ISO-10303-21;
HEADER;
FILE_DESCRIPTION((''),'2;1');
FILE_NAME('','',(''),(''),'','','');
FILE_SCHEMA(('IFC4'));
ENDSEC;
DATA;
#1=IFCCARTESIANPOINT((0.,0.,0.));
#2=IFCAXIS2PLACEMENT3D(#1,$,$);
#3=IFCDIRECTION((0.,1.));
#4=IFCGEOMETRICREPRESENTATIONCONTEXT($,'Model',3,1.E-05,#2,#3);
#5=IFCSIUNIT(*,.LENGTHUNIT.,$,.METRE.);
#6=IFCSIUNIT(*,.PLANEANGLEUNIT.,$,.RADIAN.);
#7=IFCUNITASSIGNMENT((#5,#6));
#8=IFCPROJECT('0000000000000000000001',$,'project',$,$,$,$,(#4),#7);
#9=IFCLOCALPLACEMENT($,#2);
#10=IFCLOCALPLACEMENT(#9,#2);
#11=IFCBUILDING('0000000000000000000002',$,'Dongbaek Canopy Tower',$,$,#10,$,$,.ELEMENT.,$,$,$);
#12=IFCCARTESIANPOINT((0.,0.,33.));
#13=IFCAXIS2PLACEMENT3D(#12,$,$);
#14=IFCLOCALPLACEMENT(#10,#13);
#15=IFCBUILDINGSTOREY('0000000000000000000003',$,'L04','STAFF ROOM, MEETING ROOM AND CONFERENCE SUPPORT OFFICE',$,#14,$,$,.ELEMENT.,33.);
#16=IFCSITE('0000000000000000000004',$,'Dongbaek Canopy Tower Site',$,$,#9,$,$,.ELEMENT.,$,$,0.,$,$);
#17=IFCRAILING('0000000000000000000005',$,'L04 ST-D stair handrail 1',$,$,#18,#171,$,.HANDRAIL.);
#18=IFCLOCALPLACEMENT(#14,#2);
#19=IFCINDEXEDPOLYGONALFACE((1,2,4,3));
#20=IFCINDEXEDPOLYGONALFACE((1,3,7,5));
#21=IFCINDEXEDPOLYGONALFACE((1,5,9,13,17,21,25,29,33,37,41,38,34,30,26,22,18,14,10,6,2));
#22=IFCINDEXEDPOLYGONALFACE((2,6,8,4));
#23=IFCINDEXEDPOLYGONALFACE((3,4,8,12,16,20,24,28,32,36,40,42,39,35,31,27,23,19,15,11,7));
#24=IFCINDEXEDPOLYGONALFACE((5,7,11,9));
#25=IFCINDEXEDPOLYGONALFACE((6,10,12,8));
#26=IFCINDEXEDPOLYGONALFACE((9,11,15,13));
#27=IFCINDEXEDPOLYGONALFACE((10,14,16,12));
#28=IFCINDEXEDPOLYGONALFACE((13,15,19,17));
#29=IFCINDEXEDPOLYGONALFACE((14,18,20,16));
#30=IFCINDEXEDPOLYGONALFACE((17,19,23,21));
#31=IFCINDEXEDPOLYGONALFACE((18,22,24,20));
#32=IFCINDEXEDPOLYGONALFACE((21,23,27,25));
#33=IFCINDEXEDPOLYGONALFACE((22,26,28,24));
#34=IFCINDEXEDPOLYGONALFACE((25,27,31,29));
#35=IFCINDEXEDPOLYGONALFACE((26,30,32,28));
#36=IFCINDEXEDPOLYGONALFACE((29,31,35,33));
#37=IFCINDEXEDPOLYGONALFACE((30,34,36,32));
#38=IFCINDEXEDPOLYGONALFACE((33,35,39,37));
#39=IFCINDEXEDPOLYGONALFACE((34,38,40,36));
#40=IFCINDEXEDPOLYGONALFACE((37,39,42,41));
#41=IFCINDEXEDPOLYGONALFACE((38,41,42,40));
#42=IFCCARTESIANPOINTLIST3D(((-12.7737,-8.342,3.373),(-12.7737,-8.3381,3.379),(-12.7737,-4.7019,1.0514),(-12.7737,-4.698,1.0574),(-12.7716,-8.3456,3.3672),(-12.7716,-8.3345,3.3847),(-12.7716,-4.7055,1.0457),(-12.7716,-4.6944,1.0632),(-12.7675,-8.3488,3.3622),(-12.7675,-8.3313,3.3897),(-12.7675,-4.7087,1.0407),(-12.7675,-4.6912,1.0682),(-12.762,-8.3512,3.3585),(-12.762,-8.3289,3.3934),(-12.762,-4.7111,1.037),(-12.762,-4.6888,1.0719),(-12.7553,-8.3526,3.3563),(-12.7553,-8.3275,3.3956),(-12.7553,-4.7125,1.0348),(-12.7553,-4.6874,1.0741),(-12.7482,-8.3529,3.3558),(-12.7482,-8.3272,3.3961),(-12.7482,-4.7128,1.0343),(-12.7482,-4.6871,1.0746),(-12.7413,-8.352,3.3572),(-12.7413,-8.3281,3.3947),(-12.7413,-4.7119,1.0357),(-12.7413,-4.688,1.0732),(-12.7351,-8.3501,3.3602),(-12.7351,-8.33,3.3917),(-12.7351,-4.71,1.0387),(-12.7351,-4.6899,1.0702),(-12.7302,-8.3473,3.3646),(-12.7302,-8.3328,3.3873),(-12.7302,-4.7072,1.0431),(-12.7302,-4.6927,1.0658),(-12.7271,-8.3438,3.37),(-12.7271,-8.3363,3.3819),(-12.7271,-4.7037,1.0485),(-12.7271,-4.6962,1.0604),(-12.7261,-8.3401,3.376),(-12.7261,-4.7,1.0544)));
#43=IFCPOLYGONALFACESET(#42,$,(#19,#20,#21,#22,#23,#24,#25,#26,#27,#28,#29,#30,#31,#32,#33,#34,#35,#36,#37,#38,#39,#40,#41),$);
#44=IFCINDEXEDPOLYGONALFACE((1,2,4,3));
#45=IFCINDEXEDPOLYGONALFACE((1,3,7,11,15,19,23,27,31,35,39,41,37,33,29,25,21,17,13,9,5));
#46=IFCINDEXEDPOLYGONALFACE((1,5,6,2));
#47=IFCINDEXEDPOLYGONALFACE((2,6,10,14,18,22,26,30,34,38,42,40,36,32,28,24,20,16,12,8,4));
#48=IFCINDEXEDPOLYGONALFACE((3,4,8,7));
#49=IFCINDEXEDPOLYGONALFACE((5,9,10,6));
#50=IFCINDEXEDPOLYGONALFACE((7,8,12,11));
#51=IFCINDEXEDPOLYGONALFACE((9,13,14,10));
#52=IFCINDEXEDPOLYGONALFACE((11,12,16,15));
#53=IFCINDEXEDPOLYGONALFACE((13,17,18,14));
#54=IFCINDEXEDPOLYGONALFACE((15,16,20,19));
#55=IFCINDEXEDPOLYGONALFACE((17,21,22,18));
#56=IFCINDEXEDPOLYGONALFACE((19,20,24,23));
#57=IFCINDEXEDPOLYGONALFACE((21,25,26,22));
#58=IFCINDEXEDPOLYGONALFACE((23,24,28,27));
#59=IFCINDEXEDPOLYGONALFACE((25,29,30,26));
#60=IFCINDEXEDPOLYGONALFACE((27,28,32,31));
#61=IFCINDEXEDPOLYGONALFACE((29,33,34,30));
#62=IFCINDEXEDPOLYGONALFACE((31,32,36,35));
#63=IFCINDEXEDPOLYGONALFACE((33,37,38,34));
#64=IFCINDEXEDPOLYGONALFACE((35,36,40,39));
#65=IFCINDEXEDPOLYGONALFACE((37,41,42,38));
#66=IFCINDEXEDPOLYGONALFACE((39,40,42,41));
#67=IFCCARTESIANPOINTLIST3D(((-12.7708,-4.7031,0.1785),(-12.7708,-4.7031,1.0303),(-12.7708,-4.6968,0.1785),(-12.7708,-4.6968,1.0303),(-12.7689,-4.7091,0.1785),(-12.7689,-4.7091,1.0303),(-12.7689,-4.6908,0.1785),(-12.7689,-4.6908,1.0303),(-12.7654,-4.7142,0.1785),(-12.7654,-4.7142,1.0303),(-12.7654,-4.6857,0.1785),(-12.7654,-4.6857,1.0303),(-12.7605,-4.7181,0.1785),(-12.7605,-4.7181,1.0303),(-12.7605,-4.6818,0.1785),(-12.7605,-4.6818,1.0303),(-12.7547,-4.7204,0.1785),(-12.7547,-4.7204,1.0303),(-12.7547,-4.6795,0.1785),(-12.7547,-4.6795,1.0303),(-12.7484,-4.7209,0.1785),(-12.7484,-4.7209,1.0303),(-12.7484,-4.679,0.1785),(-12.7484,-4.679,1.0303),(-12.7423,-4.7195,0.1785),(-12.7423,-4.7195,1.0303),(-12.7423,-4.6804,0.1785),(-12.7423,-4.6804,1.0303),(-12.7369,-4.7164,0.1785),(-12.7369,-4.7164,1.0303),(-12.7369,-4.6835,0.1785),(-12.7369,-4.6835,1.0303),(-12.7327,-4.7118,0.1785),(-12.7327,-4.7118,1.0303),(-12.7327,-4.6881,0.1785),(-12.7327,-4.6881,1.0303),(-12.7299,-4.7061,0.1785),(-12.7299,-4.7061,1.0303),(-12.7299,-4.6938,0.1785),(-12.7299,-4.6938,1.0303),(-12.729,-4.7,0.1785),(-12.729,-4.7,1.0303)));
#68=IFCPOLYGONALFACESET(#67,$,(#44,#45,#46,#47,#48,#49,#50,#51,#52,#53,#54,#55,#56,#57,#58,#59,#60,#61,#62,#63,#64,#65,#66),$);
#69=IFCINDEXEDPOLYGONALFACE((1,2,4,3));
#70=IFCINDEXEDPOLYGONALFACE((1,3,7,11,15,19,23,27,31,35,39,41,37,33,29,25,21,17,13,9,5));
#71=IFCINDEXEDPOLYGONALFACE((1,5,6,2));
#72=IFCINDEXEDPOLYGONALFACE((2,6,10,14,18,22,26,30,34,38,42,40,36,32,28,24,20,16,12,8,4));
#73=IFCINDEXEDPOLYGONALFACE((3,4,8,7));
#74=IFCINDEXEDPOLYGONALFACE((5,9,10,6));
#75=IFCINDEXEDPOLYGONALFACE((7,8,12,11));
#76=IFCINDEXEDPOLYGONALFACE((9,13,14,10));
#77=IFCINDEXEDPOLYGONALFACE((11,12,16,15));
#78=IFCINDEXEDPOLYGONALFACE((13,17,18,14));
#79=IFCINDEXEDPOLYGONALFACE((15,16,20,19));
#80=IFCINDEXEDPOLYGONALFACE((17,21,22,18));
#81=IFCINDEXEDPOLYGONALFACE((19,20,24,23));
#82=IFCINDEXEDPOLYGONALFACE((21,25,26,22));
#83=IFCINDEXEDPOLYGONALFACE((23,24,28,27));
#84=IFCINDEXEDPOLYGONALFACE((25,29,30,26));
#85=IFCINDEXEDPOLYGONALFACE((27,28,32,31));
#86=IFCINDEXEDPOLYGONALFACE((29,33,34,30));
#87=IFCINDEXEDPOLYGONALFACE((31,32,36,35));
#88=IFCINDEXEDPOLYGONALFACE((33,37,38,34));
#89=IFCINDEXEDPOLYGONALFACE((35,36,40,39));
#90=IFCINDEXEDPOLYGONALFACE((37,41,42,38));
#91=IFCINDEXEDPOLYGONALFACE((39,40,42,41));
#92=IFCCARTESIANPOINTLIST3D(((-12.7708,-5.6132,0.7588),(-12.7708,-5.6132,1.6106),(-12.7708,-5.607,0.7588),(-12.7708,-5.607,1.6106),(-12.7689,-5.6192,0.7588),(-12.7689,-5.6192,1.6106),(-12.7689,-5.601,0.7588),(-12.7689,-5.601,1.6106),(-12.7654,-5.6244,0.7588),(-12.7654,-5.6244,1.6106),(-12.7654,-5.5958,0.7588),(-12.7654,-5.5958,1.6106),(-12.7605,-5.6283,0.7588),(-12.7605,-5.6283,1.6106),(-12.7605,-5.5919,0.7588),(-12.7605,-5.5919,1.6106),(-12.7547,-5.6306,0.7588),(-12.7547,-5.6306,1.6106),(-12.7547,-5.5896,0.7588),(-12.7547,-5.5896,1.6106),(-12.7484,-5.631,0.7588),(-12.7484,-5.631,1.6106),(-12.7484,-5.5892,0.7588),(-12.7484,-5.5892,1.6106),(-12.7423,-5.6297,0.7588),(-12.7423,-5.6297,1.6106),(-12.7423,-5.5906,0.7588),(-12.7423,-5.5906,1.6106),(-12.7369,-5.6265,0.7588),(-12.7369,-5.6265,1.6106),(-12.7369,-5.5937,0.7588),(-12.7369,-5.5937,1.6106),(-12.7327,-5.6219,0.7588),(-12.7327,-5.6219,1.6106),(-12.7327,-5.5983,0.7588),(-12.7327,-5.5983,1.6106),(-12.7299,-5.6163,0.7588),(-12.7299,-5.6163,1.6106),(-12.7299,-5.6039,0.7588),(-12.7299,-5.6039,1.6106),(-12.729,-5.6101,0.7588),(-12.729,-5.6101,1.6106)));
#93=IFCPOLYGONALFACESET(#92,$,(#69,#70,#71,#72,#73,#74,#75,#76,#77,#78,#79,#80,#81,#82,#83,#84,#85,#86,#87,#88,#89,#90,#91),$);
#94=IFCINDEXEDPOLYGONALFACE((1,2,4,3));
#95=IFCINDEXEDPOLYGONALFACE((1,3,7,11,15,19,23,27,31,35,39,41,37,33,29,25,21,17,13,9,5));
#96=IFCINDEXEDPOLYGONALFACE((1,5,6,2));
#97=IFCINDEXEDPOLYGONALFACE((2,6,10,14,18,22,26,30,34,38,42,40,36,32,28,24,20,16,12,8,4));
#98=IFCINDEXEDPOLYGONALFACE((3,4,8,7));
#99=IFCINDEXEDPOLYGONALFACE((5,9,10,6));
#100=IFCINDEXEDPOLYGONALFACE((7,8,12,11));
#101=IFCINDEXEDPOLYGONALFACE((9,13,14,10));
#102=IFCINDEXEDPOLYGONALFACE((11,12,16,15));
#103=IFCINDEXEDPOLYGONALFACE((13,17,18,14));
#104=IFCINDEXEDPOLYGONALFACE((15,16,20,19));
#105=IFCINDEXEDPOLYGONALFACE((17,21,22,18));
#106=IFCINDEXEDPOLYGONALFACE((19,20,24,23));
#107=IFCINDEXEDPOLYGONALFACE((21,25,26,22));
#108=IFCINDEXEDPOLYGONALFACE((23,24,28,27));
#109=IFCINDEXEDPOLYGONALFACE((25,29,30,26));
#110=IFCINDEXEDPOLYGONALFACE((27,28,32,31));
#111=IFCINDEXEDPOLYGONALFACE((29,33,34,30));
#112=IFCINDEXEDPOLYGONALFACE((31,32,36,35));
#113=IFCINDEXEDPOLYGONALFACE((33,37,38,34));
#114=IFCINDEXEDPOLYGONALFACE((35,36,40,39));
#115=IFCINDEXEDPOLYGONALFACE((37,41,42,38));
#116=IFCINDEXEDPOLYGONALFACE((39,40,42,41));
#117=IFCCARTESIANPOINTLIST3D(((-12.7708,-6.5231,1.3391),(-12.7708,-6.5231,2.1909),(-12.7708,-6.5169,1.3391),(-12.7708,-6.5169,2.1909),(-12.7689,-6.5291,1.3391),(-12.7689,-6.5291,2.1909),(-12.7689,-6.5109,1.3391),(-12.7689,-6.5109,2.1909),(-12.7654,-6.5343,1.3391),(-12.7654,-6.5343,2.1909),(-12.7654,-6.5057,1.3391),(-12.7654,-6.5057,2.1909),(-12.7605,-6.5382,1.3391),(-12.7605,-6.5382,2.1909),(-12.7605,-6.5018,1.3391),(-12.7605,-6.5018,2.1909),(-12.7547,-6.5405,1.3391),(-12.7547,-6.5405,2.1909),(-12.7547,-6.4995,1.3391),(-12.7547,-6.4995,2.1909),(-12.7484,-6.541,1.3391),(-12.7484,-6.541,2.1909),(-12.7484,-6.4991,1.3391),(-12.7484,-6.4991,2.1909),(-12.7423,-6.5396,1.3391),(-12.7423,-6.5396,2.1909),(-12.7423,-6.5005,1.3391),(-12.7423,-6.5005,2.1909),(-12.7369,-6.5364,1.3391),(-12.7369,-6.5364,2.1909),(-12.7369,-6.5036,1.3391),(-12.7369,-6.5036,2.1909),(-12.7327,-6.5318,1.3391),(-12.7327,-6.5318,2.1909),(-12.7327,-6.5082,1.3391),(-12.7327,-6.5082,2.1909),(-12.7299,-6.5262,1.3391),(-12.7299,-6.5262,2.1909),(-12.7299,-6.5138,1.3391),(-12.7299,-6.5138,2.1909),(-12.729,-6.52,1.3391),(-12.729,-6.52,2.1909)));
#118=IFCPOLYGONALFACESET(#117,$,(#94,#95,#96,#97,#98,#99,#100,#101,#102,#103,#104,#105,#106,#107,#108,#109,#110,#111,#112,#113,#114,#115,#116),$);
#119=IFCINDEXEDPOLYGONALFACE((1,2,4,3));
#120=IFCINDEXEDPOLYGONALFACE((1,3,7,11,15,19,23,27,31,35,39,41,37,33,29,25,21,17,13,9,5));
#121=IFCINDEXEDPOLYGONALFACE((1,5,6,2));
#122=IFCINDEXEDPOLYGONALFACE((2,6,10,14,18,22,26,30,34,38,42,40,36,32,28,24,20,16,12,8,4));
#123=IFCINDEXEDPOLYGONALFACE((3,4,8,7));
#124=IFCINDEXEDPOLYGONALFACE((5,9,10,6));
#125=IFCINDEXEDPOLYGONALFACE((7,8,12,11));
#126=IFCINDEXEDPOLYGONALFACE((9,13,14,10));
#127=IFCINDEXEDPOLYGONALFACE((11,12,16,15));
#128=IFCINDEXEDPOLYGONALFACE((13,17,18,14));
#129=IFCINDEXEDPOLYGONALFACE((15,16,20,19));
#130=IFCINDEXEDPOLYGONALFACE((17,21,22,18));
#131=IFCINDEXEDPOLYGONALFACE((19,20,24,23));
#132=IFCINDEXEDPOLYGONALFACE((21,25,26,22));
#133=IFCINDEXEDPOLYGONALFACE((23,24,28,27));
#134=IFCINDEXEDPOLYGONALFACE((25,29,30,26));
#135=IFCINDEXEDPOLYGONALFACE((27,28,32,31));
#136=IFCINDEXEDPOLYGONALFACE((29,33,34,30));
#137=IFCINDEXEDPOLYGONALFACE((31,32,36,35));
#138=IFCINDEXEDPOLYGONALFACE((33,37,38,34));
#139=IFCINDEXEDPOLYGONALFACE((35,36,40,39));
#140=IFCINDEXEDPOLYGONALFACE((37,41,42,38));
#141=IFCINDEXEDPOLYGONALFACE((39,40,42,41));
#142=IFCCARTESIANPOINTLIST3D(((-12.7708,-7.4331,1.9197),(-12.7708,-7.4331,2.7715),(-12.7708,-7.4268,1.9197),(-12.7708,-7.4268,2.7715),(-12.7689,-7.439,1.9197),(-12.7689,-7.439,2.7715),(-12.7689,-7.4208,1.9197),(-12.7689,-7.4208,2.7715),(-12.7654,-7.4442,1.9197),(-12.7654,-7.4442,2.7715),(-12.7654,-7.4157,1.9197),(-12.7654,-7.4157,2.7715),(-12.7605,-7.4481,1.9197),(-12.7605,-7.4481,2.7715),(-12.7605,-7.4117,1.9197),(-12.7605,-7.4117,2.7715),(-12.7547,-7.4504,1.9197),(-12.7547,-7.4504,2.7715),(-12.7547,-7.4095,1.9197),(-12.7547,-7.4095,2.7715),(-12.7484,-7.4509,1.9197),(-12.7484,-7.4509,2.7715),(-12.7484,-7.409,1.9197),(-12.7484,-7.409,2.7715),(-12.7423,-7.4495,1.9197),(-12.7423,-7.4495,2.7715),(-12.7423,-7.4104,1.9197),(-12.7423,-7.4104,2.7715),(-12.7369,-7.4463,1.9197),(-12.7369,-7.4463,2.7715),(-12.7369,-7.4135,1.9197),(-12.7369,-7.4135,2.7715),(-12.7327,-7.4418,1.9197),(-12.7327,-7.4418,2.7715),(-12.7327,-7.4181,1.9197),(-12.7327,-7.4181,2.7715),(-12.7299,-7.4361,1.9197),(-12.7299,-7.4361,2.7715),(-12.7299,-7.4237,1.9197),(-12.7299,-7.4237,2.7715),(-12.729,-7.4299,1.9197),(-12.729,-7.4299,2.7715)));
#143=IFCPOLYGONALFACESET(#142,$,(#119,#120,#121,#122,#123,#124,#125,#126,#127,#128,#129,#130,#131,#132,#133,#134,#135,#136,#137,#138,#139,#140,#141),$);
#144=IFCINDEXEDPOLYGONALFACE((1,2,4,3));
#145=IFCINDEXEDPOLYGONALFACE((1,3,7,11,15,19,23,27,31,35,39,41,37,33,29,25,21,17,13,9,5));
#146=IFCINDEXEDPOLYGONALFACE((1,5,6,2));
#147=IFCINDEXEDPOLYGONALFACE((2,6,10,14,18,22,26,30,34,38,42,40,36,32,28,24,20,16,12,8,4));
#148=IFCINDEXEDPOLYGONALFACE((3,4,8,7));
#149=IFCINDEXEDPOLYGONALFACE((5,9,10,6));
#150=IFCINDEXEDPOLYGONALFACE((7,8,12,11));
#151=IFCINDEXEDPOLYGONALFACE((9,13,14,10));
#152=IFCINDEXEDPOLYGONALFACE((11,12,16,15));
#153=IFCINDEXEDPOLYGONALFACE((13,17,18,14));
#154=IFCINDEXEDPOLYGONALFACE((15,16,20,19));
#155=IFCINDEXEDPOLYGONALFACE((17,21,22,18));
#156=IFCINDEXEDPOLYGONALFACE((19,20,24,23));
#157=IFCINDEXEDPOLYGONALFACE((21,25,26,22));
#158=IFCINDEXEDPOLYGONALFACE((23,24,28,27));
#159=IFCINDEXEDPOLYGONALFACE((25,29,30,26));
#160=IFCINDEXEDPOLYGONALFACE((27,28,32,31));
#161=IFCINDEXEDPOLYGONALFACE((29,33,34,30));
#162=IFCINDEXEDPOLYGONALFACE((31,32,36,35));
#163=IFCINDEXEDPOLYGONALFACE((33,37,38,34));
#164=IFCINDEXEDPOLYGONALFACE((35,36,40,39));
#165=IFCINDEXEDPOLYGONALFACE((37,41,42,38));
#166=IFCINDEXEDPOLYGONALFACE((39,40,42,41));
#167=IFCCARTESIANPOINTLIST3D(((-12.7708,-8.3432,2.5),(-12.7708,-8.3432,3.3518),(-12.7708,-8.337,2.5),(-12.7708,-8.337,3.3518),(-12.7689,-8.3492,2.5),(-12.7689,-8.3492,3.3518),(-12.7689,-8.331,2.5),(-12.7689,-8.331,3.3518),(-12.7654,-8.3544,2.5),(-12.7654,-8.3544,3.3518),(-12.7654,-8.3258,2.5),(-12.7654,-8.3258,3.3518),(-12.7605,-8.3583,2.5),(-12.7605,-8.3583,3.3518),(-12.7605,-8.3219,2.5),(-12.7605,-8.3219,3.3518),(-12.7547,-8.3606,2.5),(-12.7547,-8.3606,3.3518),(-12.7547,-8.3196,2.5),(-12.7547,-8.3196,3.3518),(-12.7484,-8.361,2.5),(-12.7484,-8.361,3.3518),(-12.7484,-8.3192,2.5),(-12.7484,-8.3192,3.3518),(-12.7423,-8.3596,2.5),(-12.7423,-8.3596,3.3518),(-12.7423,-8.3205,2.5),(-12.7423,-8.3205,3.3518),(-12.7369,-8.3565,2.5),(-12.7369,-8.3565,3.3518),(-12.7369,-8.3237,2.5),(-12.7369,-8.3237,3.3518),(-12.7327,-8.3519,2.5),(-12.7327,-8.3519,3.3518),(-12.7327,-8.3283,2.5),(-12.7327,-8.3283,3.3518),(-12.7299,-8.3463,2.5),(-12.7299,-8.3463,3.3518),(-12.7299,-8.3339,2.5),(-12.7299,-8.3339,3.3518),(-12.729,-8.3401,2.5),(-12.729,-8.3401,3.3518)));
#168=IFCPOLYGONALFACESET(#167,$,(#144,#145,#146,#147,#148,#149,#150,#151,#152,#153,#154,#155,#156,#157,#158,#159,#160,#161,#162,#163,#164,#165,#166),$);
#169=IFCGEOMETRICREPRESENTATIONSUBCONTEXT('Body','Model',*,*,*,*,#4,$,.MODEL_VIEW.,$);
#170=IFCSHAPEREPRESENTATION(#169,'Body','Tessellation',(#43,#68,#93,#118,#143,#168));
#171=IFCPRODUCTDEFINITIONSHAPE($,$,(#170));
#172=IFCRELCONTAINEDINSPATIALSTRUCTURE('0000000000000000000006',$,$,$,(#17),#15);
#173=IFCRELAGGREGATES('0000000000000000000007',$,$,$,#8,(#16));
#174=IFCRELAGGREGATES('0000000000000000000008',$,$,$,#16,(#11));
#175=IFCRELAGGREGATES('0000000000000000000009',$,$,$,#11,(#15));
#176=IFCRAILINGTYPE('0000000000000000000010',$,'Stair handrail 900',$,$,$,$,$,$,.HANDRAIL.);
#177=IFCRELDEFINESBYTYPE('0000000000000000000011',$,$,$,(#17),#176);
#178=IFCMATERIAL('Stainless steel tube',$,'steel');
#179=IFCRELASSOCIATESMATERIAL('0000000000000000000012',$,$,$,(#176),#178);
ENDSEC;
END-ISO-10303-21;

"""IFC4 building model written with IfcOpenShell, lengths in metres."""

from ifc_helpers import new_model, si_unit, direction, frame, origin, origin_2d, place, context, subcontext, project, spatial, circle, extrude, material, type_object, element, save


model = new_model("IFC4")

# Units and contexts
model_context = context("Model", 3, precision=1e-05, world=origin(), true_north=direction((0.0, 1.0)))
body_context = subcontext(model_context, "Body", "Model", "MODEL_VIEW")
ifc_project = project(units=[si_unit("LENGTHUNIT", "METRE"), si_unit("PLANEANGLEUNIT", "RADIAN")], contexts=[model_context])

# Site, building, storey
site_placement = place(None, origin())
site = spatial("IfcSite", under=ifc_project, at=site_placement, Name="Dongbaek Canopy Tower Site", CompositionType="ELEMENT", RefElevation=0.0)
building_placement = place(site_placement, origin())
building = spatial("IfcBuilding", under=site, at=building_placement, Name="Dongbaek Canopy Tower", CompositionType="ELEMENT")
storey_placement = place(building_placement, frame((0.0, 0.0, 33.0)))
storey = spatial("IfcBuildingStorey", under=building, at=storey_placement, Name="L04", Description="STAFF ROOM, MEETING ROOM AND CONFERENCE SUPPORT OFFICE", CompositionType="ELEMENT", Elevation=33.0)

# Railing
ifc_material_1 = material(Name="Stainless steel tube", Category="steel")
railing_type_1 = type_object("IfcRailingType", Name="Stair handrail 900", PredefinedType="HANDRAIL", material=ifc_material_1)
railing_1_placement = place(storey_placement, frame((-12.75, -4.7, 0.1785)))
element("IfcRailing", 1, at=railing_1_placement, inside=storey, type_object=railing_type_1, Name="L04 ST-D stair handrail 1", PredefinedType="HANDRAIL", context=body_context, shape_type="SweptSolid", body=[
    extrude(circle(Radius=0.0239, at=origin_2d()), frame((0.0, 0.0, 0.876), z_axis=(0.0, -0.843128, 0.537713), x_axis=(1.0, 0.0, 0.0)), (0.0, 0.0, 1.0), 4.3174),
    extrude(circle(Radius=0.021, at=origin_2d()), origin(), (0.0, 0.0, 1.0), 0.8518),
    extrude(circle(Radius=0.021, at=origin_2d()), frame((0.0, -0.9102, 0.5803)), (0.0, 0.0, 1.0), 0.8518),
    extrude(circle(Radius=0.021, at=origin_2d()), frame((0.0, -1.8201, 1.1606)), (0.0, 0.0, 1.0), 0.8518),
    extrude(circle(Radius=0.021, at=origin_2d()), frame((0.0, -2.73, 1.7412)), (0.0, 0.0, 1.0), 0.8518),
    extrude(circle(Radius=0.021, at=origin_2d()), frame((0.0, -3.6401, 2.3215)), (0.0, 0.0, 1.0), 0.8518),
])

save(model, "model.ifc")
